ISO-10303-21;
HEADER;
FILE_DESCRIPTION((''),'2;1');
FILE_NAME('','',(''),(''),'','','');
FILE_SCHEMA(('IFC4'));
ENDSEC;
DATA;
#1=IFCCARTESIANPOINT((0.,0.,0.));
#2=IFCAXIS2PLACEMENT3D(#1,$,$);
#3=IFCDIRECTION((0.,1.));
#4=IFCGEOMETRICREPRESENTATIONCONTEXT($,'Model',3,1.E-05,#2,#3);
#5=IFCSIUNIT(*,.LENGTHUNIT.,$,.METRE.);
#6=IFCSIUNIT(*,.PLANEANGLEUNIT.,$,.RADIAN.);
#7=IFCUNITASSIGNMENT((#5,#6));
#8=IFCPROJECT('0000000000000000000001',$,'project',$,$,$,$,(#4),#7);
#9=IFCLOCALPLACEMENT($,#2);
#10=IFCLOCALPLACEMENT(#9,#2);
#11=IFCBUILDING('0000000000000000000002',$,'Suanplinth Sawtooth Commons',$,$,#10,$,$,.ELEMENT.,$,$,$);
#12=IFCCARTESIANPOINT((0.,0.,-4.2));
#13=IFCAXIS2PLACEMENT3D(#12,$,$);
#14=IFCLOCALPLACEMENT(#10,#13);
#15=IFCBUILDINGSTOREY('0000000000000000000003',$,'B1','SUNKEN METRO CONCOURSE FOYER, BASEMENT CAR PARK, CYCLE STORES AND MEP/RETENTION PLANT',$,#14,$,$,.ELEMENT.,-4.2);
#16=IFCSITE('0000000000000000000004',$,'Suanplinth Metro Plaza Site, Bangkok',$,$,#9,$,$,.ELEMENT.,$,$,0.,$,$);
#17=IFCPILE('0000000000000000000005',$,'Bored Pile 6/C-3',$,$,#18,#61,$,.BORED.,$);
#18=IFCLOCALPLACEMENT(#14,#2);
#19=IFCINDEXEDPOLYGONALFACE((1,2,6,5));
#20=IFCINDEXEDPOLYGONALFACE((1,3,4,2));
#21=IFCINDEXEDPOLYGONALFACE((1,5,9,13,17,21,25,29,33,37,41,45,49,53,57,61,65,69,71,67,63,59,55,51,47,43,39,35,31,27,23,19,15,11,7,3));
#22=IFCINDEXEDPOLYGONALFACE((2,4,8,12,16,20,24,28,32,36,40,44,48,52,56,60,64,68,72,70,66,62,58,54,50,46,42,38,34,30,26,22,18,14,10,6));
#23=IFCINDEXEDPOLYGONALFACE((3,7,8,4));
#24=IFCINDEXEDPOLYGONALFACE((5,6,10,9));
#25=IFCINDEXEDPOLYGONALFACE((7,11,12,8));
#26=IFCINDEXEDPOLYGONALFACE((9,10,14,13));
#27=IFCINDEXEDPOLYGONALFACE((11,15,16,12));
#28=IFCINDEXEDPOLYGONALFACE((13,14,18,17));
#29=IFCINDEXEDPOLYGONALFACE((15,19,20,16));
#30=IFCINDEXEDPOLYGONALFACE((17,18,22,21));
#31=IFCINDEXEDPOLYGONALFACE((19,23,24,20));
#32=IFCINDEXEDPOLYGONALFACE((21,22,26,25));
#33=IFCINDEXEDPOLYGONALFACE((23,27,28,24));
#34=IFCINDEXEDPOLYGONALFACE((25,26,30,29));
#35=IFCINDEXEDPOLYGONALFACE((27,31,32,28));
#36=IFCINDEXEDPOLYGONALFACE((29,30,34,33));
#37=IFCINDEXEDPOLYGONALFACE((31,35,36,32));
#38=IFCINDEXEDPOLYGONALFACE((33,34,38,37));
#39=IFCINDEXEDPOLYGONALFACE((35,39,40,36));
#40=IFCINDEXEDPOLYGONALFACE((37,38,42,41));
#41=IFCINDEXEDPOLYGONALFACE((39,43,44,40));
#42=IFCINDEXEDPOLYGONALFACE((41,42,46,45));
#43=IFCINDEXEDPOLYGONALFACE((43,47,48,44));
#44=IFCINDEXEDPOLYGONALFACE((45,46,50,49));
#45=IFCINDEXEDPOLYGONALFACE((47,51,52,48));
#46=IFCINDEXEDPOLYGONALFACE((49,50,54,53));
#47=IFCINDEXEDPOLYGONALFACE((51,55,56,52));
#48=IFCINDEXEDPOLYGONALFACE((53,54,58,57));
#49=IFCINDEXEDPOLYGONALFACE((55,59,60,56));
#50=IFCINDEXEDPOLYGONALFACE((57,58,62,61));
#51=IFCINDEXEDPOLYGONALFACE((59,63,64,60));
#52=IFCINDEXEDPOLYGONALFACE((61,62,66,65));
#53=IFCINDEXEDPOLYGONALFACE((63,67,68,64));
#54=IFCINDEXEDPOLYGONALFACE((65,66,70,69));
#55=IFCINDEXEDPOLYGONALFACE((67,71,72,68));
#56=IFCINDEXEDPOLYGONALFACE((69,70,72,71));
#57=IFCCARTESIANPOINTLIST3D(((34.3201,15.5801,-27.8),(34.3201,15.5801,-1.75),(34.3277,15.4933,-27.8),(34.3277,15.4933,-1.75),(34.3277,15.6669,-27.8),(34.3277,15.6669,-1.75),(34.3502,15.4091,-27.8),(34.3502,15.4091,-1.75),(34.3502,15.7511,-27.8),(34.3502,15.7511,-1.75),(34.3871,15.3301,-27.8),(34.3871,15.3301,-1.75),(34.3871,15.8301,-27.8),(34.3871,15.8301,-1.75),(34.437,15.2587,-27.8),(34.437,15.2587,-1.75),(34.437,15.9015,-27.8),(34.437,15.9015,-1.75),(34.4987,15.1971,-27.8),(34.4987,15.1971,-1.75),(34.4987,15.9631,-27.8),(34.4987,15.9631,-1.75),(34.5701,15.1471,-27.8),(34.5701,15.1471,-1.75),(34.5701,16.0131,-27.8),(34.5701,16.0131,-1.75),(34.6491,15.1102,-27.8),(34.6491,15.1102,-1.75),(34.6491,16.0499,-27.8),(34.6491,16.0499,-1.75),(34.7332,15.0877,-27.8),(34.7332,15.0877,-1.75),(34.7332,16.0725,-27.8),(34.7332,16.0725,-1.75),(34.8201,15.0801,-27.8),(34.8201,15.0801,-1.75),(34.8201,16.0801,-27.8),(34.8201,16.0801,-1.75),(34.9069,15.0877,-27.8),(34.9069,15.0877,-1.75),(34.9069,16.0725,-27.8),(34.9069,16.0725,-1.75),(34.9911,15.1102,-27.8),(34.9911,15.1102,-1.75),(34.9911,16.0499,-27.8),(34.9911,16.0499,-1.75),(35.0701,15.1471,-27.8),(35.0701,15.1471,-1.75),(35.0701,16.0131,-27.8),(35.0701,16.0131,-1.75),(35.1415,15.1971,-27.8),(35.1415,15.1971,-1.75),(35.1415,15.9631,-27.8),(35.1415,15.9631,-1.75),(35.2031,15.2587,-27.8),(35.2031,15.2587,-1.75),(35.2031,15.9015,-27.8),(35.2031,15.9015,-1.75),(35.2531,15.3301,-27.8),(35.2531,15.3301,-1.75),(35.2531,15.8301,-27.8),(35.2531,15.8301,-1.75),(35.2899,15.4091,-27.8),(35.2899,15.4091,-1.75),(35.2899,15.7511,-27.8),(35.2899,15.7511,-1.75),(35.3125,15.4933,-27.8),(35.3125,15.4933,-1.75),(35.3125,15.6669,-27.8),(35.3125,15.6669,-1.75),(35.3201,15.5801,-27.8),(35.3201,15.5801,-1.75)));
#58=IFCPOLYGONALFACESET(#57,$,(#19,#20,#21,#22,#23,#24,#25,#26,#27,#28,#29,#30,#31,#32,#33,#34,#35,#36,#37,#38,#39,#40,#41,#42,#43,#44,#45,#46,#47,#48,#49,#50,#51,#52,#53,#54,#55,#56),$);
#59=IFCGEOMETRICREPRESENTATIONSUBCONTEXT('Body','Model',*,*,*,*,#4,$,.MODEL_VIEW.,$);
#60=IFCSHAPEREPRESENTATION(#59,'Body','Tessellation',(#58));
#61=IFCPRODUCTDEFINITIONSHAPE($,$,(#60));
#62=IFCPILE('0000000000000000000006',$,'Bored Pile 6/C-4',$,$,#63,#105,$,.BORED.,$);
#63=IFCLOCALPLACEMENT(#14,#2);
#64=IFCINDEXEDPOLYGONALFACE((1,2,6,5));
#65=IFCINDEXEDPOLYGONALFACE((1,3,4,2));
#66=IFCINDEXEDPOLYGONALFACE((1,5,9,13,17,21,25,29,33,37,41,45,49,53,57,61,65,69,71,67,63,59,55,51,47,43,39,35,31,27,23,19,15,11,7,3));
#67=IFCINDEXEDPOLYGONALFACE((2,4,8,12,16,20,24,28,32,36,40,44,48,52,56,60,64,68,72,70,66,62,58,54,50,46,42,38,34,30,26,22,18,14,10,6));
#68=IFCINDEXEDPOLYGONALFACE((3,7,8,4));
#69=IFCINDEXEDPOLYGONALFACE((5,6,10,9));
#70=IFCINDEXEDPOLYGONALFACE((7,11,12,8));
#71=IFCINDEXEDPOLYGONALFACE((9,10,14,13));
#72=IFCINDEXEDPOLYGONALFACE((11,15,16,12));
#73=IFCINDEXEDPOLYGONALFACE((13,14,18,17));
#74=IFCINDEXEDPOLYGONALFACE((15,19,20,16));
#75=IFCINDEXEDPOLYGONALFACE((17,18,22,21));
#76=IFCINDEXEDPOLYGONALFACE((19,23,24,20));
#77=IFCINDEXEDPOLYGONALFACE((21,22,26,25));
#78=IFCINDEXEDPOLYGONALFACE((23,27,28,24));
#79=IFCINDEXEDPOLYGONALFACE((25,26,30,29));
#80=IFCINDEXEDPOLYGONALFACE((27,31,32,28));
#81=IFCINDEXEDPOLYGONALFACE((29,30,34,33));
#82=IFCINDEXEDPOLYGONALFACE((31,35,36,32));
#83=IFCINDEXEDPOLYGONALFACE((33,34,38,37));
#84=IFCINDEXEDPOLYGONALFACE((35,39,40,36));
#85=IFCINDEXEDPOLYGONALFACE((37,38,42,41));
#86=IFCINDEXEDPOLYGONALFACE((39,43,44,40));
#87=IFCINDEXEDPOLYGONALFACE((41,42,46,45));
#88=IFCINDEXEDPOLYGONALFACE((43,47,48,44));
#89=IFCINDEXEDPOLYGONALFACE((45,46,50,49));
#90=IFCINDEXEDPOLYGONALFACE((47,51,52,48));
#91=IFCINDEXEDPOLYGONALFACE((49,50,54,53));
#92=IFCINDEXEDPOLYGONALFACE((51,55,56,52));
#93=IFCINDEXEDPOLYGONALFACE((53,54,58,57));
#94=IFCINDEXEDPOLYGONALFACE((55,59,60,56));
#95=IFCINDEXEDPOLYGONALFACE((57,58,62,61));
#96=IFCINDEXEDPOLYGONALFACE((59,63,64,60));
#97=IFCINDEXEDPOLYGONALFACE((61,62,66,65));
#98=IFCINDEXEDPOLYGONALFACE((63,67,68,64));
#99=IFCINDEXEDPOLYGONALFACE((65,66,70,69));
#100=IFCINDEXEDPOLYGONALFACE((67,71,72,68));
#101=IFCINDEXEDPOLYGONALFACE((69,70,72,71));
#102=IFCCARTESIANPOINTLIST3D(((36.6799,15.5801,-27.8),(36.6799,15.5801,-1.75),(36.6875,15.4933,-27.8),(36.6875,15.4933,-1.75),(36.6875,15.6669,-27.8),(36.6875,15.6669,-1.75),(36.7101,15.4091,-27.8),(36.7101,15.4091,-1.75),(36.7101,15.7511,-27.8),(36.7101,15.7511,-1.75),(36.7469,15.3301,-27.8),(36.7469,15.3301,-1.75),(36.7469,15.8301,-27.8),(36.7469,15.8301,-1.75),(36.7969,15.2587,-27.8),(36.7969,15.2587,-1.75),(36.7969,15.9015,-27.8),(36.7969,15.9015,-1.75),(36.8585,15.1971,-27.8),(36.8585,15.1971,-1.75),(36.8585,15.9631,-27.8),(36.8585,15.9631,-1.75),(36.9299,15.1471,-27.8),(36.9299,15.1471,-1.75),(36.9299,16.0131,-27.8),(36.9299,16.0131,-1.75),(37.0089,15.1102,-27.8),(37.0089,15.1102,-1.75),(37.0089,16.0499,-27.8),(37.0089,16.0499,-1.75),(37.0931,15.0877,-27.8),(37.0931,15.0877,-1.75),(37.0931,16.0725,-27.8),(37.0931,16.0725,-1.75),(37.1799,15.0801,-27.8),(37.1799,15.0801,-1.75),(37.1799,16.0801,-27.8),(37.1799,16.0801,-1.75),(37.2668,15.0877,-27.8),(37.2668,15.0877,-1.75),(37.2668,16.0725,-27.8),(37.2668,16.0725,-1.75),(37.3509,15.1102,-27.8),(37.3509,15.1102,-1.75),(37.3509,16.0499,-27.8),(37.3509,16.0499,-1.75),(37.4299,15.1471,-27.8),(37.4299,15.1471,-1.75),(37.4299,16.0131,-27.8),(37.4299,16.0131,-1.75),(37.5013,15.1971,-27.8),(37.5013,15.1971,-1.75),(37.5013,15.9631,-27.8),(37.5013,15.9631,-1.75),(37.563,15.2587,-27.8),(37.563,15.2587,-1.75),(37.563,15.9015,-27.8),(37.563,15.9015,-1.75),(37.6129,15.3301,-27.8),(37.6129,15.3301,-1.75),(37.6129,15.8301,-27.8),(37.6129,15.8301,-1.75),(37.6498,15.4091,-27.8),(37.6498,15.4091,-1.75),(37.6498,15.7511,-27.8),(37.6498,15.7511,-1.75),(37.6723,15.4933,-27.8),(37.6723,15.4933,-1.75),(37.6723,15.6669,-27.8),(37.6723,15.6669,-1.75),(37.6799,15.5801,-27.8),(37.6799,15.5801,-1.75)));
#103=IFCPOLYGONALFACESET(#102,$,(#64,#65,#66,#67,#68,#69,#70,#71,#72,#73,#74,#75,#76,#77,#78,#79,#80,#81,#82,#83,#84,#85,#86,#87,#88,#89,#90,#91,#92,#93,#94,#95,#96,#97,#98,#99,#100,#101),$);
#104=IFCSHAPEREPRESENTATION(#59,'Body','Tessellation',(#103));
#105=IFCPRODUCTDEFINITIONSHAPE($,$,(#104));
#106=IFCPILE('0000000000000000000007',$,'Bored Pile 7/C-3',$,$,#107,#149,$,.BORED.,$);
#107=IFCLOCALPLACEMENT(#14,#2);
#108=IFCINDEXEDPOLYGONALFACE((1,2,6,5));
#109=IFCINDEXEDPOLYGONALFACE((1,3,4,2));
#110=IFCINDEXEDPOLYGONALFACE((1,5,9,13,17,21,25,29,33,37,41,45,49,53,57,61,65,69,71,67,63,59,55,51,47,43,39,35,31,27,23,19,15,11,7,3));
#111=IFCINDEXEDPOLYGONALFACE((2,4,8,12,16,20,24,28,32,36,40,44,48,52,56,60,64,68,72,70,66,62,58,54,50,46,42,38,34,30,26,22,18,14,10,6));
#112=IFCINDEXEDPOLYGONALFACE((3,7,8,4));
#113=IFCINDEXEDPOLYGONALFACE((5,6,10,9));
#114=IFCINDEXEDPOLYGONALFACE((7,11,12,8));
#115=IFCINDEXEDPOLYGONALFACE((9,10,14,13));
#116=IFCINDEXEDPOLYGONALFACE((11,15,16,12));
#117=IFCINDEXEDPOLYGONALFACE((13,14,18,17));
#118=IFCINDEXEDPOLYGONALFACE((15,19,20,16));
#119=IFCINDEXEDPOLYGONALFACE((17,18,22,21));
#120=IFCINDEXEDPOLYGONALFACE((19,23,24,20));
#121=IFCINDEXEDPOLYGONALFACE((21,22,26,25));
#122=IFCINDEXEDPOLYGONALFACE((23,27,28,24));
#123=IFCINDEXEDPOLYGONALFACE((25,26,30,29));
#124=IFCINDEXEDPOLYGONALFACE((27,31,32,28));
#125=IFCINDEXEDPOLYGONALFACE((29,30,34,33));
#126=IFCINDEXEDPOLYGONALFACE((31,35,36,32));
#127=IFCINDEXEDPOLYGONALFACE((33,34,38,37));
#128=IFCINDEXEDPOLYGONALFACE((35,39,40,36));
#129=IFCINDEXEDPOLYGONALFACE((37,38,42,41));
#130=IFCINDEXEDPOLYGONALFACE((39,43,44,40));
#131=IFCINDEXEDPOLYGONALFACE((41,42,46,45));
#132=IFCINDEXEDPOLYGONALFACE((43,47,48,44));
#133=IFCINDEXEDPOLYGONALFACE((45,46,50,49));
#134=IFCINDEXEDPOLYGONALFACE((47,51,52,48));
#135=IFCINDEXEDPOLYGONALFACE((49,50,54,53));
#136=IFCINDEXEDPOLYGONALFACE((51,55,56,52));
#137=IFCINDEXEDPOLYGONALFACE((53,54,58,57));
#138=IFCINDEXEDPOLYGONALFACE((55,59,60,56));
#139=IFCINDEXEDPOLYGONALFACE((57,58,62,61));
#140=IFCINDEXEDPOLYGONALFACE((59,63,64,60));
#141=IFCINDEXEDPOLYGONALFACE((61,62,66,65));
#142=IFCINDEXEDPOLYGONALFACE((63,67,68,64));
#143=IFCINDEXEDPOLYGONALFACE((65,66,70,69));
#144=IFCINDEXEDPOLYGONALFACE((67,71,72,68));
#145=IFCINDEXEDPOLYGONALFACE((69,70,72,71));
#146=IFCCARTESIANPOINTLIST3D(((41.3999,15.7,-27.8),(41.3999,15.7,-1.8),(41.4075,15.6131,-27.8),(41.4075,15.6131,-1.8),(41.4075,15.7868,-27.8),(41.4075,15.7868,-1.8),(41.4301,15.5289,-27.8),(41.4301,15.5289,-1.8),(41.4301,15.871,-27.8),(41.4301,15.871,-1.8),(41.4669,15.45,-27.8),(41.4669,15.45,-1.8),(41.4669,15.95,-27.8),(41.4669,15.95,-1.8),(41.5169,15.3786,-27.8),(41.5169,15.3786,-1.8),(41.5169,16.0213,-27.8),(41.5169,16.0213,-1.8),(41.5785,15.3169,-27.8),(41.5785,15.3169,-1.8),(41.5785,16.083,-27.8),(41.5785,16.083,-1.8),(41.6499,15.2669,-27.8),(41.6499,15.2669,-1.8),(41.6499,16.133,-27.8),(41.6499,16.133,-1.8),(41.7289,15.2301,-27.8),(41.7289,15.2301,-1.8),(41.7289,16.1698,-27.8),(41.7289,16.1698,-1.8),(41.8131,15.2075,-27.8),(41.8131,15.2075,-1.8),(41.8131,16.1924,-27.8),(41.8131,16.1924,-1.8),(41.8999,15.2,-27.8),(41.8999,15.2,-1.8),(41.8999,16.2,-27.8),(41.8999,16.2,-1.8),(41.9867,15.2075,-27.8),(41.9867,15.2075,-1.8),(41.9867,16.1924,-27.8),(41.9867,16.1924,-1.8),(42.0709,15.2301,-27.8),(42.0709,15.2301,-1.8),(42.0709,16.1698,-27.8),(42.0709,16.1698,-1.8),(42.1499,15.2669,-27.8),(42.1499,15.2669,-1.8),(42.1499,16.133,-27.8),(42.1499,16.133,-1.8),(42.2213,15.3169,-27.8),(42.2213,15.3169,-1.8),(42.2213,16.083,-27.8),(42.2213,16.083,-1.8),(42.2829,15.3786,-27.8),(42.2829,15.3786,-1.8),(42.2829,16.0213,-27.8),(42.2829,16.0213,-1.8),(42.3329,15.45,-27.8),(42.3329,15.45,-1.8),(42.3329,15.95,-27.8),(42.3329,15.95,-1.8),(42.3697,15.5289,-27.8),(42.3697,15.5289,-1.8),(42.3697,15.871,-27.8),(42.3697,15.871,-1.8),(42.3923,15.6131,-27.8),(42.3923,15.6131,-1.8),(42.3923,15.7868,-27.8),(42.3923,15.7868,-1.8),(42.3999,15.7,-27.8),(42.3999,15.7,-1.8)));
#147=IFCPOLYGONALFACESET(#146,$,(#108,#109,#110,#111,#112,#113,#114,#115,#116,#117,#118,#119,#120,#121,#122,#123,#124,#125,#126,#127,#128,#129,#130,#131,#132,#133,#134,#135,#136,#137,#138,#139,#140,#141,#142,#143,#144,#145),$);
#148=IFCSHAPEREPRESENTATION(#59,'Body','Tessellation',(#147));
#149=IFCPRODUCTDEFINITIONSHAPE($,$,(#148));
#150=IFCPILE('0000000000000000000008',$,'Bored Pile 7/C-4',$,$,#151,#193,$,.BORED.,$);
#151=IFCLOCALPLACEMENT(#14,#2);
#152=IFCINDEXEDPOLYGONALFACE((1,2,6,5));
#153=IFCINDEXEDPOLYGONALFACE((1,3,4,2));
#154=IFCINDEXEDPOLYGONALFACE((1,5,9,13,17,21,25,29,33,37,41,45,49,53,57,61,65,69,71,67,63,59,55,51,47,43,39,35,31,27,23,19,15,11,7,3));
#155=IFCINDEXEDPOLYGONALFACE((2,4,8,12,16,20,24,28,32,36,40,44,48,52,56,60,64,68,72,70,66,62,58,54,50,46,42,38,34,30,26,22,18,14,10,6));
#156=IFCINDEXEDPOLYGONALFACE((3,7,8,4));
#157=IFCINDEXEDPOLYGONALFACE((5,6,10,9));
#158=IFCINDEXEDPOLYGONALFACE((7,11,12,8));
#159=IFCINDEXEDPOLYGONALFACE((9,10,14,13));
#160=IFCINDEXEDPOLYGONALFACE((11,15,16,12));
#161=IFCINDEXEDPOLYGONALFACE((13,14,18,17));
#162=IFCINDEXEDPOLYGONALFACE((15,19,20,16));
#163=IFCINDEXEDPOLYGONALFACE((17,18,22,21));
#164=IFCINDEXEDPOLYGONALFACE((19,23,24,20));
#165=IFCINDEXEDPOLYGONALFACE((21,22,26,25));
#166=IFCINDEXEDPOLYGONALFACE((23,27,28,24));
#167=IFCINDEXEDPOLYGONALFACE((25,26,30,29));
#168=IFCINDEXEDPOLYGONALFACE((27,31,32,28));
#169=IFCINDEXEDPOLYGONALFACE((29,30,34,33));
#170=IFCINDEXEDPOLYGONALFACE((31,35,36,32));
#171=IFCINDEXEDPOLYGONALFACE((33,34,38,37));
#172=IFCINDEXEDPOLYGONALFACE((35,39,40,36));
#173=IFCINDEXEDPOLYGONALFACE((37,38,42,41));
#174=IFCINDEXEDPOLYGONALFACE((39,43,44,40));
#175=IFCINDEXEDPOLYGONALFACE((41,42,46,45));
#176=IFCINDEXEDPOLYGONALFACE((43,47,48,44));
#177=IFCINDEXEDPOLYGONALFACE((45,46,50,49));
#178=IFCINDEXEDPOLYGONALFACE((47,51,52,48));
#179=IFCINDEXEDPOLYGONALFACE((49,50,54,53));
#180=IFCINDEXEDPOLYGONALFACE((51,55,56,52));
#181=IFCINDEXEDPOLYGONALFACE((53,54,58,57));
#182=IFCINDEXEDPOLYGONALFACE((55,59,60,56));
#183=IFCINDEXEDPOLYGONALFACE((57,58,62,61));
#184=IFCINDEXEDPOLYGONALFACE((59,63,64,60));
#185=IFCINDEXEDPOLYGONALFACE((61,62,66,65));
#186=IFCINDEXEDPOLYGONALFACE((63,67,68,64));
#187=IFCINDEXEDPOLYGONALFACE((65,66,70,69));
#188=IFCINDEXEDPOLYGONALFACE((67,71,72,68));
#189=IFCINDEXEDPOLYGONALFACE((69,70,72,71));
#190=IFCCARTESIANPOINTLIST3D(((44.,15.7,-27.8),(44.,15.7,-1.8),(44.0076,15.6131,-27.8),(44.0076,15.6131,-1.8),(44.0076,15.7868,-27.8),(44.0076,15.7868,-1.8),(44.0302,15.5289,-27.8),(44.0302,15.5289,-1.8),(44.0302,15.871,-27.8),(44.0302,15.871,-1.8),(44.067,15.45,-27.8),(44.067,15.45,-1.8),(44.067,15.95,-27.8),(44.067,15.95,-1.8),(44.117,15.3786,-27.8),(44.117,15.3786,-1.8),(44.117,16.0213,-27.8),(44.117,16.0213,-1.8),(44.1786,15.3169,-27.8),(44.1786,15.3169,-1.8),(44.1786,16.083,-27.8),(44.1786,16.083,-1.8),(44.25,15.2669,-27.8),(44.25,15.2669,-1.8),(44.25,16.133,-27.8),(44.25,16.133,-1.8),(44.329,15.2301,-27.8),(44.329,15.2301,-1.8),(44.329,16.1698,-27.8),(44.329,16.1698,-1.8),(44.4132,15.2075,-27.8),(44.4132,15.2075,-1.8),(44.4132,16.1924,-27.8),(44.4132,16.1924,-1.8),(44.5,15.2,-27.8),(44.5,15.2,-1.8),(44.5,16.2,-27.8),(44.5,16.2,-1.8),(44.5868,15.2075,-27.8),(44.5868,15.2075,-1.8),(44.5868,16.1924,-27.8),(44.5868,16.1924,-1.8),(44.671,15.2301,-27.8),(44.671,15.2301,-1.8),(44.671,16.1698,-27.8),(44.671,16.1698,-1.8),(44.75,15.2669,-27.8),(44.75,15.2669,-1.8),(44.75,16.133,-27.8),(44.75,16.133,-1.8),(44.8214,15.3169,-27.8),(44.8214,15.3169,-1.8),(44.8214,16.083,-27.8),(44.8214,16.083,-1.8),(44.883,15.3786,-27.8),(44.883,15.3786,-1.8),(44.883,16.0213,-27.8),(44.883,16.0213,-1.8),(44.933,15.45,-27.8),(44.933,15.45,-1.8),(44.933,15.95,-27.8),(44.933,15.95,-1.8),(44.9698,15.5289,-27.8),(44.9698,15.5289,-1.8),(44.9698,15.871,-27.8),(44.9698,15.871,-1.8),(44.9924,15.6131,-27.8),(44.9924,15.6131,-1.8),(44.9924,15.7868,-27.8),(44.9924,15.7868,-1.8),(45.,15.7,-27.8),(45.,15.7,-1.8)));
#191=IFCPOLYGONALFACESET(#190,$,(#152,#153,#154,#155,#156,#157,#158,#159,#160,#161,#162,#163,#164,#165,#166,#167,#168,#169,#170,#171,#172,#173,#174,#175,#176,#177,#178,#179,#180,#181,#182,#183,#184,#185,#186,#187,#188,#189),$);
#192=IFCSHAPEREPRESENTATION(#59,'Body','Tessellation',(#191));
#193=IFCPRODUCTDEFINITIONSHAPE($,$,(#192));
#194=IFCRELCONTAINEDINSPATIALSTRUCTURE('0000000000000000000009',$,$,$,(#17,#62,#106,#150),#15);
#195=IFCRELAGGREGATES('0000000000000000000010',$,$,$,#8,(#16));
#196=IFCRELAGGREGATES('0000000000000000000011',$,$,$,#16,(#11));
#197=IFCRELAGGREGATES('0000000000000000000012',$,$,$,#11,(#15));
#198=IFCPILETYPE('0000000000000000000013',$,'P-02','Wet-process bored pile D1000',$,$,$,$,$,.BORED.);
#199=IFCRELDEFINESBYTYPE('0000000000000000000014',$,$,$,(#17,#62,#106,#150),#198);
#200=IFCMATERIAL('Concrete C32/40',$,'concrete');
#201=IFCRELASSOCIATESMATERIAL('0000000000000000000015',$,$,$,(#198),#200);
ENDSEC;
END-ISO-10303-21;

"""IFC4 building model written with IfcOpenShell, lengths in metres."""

from ifc_helpers import new_model, si_unit, direction, frame, origin, origin_2d, place, context, subcontext, project, spatial, circle, extrude, material, material_profile, profile_set, type_object, element, save


model = new_model("IFC4")

# Units and contexts
model_context = context("Model", 3, precision=1e-05, world=origin(), true_north=direction((0.0, 1.0)))
body_context = subcontext(model_context, "Body", "Model", "MODEL_VIEW")
ifc_project = project(units=[si_unit("LENGTHUNIT", "METRE"), si_unit("PLANEANGLEUNIT", "RADIAN")], contexts=[model_context])

# Site, building, storey
site_placement = place(None, origin())
site = spatial("IfcSite", under=ifc_project, at=site_placement, Name="Suanplinth Metro Plaza Site, Bangkok", CompositionType="ELEMENT", RefElevation=0.0)
building_placement = place(site_placement, origin())
building = spatial("IfcBuilding", under=site, at=building_placement, Name="Suanplinth Sawtooth Commons", CompositionType="ELEMENT")
storey_placement = place(building_placement, frame((0.0, 0.0, -4.2)))
storey = spatial("IfcBuildingStorey", under=building, at=storey_placement, Name="B1", Description="SUNKEN METRO CONCOURSE FOYER, BASEMENT CAR PARK, CYCLE STORES AND MEP/RETENTION PLANT", CompositionType="ELEMENT", Elevation=-4.2)

# Piles
ifc_material_1 = material(Name="Concrete C32/40", Category="concrete")
ifc_material_profile_1 = material_profile(ifc_material_1, circle(Radius=0.5, at=origin_2d()), Name="PILE D1000")
ifc_profile_set_1 = profile_set([ifc_material_profile_1], Name="Concrete C32/40")
pile_type_1 = type_object("IfcPileType", Name="P-02", Description="Wet-process bored pile D1000", PredefinedType="BORED", material=ifc_profile_set_1)
for number, where, z_axis, x_axis, name in (
    (1, (34.8201, 15.5801, -1.75), (0.0, 0.0, -1.0), (1.0, 0.0, 0.0), "Bored Pile 6/C-3"),
    (2, (37.1799, 15.5801, -1.75), (0.0, 0.0, -1.0), (1.0, 0.0, 0.0), "Bored Pile 6/C-4"),
):
    element("IfcPile", number, at=place(storey_placement, frame(where, z_axis=z_axis, x_axis=x_axis)), inside=storey, type_object=pile_type_1, Name=name, PredefinedType="BORED", context=body_context, shape_type="SweptSolid", body=[
        extrude(circle(Radius=0.5, at=origin_2d()), origin(), (0.0, 0.0, 1.0), 26.05),
    ])
for number, where, z_axis, x_axis, name in (
    (3, (41.8999, 15.7, -1.8), (0.0, 0.0, -1.0), (1.0, 0.0, 0.0), "Bored Pile 7/C-3"),
    (4, (44.5, 15.7, -1.8), (0.0, 0.0, -1.0), (1.0, 0.0, 0.0), "Bored Pile 7/C-4"),
):
    element("IfcPile", number, at=place(storey_placement, frame(where, z_axis=z_axis, x_axis=x_axis)), inside=storey, type_object=pile_type_1, Name=name, PredefinedType="BORED", context=body_context, shape_type="SweptSolid", body=[
        extrude(circle(Radius=0.5, at=origin_2d()), origin(), (0.0, 0.0, 1.0), 26.0),
    ])

save(model, "model.ifc")
